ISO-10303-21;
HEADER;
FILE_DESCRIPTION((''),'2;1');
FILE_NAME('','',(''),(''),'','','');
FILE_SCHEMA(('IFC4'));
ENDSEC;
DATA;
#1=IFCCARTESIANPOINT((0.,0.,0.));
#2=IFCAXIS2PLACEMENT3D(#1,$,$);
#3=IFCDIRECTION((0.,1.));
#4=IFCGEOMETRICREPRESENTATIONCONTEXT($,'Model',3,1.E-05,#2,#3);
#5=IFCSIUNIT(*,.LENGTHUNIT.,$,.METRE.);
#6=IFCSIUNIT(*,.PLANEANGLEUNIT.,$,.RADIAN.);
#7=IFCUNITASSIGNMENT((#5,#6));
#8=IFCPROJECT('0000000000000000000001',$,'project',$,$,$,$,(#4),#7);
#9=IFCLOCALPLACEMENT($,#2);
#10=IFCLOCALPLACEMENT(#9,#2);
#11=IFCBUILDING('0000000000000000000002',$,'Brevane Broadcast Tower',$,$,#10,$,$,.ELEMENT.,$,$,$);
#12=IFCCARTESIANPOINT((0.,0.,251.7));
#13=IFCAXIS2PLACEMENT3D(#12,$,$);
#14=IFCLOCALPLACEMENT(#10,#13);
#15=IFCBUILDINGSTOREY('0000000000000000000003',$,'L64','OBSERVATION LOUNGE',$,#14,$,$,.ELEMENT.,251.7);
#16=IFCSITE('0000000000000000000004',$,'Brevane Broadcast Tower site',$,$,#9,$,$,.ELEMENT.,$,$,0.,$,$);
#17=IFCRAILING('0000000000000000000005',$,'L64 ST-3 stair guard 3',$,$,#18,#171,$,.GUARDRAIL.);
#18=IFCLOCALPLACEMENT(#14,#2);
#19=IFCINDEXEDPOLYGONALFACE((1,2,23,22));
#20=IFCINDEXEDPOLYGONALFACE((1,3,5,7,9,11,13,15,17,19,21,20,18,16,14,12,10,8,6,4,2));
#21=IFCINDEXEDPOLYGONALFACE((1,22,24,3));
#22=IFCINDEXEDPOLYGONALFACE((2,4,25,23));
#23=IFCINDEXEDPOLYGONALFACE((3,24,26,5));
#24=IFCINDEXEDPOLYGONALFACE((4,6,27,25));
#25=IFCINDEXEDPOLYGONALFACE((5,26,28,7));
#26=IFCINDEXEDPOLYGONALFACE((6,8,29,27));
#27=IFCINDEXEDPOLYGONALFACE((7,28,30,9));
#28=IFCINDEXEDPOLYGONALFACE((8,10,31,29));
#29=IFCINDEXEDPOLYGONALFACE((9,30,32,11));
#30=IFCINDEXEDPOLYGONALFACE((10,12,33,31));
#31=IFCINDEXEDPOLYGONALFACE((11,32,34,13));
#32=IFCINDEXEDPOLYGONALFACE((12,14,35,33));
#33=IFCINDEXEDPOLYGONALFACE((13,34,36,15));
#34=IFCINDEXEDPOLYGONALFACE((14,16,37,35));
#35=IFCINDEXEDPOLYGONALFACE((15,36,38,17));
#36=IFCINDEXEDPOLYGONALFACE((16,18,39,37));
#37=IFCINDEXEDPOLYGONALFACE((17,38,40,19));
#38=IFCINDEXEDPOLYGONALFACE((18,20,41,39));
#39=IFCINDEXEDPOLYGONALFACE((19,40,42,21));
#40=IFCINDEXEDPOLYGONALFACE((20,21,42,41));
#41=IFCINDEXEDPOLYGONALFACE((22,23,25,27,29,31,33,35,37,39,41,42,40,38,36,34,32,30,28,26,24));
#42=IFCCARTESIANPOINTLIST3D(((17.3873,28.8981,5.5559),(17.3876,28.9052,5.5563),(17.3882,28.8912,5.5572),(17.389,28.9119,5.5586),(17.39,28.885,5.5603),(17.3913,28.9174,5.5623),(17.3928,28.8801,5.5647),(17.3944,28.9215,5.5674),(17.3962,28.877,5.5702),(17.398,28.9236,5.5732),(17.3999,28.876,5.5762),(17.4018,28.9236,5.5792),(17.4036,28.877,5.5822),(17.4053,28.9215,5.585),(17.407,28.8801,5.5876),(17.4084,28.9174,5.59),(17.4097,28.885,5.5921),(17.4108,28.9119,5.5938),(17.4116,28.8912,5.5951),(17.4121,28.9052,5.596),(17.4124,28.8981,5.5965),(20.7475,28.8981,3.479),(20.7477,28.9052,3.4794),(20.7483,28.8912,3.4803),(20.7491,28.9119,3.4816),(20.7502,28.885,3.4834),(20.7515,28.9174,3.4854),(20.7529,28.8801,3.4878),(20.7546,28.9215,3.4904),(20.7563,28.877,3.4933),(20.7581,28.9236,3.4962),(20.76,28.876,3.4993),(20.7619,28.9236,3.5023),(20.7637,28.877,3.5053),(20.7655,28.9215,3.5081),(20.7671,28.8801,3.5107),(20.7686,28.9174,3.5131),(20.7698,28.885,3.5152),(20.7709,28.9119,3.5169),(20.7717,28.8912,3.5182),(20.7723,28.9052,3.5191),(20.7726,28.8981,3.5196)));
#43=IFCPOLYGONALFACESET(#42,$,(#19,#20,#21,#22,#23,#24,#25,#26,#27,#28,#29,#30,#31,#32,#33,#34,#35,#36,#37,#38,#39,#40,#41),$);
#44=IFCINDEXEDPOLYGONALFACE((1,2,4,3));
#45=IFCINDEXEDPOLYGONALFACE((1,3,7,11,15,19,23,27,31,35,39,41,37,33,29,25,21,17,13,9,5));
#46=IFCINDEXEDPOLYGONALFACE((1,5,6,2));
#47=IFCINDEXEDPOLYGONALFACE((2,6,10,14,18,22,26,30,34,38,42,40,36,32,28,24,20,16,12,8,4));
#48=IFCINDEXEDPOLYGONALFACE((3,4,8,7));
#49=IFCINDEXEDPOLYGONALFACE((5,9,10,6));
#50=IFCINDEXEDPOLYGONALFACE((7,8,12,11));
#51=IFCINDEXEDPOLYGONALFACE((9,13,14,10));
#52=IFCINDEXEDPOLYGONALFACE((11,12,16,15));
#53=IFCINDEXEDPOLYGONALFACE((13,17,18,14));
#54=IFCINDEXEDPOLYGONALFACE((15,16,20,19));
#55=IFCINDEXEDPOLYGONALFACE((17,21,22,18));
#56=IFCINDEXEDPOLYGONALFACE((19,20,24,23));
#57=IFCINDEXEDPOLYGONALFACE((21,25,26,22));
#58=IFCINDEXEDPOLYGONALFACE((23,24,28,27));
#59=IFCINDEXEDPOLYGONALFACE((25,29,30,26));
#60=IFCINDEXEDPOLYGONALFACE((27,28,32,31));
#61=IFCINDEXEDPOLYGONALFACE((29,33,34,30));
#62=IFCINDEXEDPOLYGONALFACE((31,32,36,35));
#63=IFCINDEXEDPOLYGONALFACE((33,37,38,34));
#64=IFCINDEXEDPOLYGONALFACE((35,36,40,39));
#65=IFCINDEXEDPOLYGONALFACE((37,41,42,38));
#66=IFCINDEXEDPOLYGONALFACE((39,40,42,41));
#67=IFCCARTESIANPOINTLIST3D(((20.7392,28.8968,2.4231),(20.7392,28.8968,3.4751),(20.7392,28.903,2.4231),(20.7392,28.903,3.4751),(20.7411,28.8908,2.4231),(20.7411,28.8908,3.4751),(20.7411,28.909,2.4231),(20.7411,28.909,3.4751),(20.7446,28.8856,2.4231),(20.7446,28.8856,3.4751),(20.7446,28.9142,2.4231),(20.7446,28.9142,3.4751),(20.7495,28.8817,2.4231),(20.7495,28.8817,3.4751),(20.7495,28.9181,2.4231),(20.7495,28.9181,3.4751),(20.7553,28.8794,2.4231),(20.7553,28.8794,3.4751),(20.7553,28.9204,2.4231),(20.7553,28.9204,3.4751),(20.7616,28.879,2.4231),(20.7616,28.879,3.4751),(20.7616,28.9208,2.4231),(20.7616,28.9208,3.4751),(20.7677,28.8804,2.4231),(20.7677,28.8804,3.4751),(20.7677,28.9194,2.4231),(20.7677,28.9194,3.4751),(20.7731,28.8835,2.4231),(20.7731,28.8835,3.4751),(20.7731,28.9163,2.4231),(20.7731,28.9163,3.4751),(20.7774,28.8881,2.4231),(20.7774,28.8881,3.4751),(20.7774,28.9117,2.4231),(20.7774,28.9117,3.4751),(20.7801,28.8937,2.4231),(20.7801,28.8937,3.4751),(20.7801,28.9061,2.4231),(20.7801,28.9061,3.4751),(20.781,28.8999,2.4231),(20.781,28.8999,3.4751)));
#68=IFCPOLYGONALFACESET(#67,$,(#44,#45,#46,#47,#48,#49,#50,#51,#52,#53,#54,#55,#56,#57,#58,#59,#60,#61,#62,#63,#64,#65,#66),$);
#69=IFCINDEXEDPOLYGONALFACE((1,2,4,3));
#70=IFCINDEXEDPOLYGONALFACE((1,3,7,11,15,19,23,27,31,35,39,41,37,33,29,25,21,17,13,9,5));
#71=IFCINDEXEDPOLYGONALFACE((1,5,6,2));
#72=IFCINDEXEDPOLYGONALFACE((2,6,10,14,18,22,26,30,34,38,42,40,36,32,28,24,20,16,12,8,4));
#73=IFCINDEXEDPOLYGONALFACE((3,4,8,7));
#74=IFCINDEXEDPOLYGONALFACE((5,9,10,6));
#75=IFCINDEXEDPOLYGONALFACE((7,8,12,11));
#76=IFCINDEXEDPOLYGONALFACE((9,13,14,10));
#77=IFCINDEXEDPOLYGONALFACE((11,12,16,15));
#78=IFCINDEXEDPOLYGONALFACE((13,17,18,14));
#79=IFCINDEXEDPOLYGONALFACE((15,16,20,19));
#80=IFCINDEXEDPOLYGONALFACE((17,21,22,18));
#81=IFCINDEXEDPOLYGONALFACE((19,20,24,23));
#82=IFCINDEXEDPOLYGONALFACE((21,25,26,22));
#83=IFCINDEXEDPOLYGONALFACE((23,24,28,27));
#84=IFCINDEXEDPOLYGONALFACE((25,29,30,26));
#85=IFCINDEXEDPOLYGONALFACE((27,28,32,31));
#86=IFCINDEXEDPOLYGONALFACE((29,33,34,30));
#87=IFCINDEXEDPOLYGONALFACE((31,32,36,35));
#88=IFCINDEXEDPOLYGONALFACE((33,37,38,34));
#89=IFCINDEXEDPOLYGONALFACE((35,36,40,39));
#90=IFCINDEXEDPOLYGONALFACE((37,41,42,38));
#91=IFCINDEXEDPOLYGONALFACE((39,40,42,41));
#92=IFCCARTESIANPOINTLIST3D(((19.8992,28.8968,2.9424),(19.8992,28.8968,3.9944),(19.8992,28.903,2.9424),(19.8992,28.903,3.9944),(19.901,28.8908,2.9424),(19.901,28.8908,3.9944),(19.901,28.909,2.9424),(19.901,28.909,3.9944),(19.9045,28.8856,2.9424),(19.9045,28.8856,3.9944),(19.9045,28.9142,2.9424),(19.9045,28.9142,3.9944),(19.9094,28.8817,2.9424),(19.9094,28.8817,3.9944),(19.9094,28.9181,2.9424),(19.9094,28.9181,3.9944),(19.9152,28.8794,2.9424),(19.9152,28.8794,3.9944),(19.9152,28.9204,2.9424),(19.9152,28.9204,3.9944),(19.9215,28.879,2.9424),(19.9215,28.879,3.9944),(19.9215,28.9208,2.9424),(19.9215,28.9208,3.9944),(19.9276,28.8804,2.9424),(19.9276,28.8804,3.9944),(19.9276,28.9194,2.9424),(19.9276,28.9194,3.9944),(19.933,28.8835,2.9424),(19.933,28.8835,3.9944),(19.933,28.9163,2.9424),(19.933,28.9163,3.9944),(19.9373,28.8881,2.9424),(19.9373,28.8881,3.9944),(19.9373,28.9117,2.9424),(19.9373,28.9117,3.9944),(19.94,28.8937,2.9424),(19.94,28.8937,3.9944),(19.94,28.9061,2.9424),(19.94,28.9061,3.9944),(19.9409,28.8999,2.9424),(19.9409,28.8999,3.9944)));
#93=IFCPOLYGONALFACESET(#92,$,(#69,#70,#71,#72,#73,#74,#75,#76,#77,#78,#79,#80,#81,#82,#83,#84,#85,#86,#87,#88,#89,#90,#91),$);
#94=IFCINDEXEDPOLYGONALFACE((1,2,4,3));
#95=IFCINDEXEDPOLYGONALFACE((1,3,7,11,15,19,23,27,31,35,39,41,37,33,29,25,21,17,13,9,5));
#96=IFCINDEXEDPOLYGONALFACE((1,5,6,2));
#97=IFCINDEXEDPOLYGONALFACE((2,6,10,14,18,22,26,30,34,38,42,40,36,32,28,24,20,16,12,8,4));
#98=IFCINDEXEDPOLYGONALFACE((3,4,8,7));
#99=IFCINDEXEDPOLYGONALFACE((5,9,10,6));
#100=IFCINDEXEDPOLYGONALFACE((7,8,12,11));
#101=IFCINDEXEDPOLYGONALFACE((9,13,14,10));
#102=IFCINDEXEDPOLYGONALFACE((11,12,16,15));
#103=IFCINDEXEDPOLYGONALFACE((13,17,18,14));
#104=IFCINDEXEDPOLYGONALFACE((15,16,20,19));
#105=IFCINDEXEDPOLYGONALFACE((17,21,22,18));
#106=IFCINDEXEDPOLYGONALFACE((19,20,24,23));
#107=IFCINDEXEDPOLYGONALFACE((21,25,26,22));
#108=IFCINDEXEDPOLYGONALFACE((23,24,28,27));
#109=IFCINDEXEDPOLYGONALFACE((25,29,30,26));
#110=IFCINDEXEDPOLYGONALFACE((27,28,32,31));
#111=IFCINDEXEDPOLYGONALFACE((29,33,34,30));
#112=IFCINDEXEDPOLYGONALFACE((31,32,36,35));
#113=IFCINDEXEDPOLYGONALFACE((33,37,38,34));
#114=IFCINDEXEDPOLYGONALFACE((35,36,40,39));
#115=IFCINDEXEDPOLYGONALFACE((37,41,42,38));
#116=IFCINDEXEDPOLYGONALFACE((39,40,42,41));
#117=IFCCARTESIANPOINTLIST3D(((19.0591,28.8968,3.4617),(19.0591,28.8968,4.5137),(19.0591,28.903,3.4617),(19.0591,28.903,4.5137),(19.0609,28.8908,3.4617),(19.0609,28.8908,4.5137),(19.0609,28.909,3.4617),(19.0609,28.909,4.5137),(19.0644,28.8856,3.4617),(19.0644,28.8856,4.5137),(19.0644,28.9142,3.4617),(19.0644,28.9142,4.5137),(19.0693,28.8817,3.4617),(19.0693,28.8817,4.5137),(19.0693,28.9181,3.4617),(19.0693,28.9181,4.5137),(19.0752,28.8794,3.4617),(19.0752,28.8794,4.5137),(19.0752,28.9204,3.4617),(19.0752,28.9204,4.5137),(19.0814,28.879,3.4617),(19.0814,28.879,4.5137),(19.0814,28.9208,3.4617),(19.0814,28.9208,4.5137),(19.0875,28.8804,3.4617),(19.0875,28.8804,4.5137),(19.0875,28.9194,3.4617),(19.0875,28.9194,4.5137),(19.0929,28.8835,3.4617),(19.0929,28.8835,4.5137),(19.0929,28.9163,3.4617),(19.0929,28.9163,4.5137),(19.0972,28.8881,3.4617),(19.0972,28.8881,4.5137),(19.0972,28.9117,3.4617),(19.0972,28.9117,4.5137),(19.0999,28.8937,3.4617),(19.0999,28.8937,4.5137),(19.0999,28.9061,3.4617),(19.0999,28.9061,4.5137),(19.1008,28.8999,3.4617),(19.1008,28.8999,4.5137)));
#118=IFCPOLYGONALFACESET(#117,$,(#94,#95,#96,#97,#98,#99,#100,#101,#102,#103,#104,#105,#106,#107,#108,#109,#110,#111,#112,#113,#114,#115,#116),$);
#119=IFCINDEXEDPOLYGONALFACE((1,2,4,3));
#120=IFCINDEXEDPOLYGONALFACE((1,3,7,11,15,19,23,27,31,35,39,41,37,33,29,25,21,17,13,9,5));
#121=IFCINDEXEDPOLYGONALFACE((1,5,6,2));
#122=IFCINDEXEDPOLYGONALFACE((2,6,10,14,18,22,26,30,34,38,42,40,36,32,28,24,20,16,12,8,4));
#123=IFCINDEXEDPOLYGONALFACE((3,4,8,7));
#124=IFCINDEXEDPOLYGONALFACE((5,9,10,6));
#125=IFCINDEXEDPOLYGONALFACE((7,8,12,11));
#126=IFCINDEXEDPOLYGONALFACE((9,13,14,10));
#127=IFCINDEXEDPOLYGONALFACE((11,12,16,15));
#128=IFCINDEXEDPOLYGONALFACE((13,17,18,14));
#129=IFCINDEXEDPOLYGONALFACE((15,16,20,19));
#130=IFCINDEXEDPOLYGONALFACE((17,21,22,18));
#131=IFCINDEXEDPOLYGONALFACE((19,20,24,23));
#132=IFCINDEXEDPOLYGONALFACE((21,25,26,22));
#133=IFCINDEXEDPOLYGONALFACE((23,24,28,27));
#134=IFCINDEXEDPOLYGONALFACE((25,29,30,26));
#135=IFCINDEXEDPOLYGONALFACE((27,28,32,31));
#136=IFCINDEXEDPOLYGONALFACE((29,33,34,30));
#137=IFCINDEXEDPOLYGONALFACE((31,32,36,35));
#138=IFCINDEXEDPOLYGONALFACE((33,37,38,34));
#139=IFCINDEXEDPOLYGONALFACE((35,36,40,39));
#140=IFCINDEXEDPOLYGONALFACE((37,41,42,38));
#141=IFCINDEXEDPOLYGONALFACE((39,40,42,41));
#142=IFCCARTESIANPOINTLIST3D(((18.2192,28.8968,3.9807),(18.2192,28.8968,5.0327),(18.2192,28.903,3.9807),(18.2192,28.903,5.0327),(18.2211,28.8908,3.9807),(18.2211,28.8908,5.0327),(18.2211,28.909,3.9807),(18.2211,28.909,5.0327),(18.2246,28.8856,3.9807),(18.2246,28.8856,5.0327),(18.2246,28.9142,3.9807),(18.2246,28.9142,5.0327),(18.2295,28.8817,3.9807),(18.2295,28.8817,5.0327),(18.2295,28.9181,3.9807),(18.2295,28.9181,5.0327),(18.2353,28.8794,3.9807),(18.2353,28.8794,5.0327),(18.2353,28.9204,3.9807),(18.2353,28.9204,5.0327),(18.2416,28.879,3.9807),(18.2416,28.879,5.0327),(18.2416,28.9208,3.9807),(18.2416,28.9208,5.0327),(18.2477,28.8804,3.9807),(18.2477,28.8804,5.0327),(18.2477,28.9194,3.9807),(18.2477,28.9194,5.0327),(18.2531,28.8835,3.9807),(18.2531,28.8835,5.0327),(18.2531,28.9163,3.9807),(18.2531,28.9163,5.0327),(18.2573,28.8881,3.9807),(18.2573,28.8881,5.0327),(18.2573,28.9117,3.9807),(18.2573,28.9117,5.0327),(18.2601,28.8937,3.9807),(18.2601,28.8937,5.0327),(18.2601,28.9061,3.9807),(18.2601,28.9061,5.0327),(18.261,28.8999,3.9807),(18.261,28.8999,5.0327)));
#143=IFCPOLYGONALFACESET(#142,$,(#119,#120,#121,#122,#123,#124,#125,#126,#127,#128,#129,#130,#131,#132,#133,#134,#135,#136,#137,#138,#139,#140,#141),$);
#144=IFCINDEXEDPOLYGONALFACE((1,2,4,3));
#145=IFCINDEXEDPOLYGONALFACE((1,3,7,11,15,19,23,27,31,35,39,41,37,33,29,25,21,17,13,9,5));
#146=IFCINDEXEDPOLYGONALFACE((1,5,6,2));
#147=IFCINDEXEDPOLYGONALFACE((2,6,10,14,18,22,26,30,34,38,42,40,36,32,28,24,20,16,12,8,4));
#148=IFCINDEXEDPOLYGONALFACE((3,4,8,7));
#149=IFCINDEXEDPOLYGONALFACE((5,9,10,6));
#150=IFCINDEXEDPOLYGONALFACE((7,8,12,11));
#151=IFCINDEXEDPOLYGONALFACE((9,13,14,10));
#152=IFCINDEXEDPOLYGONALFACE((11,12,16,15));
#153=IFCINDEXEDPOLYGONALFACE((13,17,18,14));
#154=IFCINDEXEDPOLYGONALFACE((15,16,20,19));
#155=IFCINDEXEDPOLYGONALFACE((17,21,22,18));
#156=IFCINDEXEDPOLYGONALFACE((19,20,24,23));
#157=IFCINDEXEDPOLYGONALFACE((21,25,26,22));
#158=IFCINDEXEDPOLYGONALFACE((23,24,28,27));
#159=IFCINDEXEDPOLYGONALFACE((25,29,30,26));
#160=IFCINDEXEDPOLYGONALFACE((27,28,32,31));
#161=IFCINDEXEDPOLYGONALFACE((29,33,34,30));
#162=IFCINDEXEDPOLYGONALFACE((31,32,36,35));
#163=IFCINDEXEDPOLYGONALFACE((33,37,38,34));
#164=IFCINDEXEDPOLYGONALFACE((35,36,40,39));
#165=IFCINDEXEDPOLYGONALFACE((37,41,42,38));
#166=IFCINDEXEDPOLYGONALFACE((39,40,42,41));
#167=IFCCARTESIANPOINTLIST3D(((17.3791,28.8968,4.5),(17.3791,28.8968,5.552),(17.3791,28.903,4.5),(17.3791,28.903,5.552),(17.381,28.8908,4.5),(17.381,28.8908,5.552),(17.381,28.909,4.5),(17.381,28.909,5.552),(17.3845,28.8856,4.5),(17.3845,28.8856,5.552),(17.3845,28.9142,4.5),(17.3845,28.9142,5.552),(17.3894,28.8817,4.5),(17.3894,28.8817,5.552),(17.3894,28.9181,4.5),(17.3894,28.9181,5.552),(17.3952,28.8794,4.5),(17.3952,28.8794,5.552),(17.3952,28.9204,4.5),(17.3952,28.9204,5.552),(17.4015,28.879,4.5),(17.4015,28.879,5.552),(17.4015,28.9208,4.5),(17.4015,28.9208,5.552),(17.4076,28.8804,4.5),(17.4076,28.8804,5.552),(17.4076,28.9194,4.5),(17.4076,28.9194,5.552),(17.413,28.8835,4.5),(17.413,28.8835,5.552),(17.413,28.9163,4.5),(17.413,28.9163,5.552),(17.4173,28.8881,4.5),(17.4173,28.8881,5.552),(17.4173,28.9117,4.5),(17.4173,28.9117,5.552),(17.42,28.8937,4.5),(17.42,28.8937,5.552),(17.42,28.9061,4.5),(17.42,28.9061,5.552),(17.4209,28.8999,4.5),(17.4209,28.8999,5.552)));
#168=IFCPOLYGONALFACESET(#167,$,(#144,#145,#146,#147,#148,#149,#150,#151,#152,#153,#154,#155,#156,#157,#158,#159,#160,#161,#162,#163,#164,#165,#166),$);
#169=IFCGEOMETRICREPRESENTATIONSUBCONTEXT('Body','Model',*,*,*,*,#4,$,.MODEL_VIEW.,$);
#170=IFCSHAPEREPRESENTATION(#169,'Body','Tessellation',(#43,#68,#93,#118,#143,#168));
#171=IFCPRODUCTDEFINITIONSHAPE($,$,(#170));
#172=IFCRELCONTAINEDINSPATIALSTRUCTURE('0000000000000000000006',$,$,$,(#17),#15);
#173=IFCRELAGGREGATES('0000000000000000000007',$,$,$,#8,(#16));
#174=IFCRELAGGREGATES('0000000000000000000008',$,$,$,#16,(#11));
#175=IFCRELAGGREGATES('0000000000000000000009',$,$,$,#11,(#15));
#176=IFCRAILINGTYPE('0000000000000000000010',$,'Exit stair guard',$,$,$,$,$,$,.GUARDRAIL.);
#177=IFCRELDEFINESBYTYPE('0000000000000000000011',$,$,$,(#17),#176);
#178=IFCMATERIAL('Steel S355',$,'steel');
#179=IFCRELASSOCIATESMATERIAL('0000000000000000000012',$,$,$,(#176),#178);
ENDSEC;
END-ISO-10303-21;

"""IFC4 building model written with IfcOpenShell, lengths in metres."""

from ifc_helpers import new_model, si_unit, direction, frame, origin, origin_2d, place, context, subcontext, project, spatial, circle, extrude, material, type_object, element, save


model = new_model("IFC4")

# Units and contexts
model_context = context("Model", 3, precision=1e-05, world=origin(), true_north=direction((0.0, 1.0)))
body_context = subcontext(model_context, "Body", "Model", "MODEL_VIEW")
ifc_project = project(units=[si_unit("LENGTHUNIT", "METRE"), si_unit("PLANEANGLEUNIT", "RADIAN")], contexts=[model_context])

# Site, building, storey
site_placement = place(None, origin())
site = spatial("IfcSite", under=ifc_project, at=site_placement, Name="Brevane Broadcast Tower site", CompositionType="ELEMENT", RefElevation=0.0)
building_placement = place(site_placement, origin())
building = spatial("IfcBuilding", under=site, at=building_placement, Name="Brevane Broadcast Tower", CompositionType="ELEMENT")
storey_placement = place(building_placement, frame((0.0, 0.0, 251.7)))
storey = spatial("IfcBuildingStorey", under=building, at=storey_placement, Name="L64", Description="OBSERVATION LOUNGE", CompositionType="ELEMENT", Elevation=251.7)

# Railing
ifc_material_1 = material(Name="Steel S355", Category="steel")
railing_type_1 = type_object("IfcRailingType", Name="Exit stair guard", PredefinedType="GUARDRAIL", material=ifc_material_1)
railing_1_placement = place(storey_placement, frame((20.76, 28.8999, 2.4231)))
element("IfcRailing", 1, at=railing_1_placement, inside=storey, type_object=railing_type_1, Name="L64 ST-3 stair guard 3", PredefinedType="GUARDRAIL", context=body_context, shape_type="SweptSolid", body=[
    extrude(circle(Radius=0.0239, at=origin_2d()), frame((0.0, 0.0, 1.0762), z_axis=(-0.850623, 0.0, 0.525776), x_axis=(0.0, -1.0, 0.0)), (0.0, 0.0, 1.0), 3.9502),
    extrude(circle(Radius=0.021, at=origin_2d()), origin(), (0.0, 0.0, 1.0), 1.052),
    extrude(circle(Radius=0.021, at=origin_2d()), frame((-0.8401, 0.0, 0.5193)), (0.0, 0.0, 1.0), 1.052),
    extrude(circle(Radius=0.021, at=origin_2d()), frame((-1.6802, 0.0, 1.0386)), (0.0, 0.0, 1.0), 1.052),
    extrude(circle(Radius=0.021, at=origin_2d()), frame((-2.52, 0.0, 1.5576)), (0.0, 0.0, 1.0), 1.052),
    extrude(circle(Radius=0.021, at=origin_2d()), frame((-3.3601, 0.0, 2.0769)), (0.0, 0.0, 1.0), 1.052),
])

save(model, "model.ifc")
